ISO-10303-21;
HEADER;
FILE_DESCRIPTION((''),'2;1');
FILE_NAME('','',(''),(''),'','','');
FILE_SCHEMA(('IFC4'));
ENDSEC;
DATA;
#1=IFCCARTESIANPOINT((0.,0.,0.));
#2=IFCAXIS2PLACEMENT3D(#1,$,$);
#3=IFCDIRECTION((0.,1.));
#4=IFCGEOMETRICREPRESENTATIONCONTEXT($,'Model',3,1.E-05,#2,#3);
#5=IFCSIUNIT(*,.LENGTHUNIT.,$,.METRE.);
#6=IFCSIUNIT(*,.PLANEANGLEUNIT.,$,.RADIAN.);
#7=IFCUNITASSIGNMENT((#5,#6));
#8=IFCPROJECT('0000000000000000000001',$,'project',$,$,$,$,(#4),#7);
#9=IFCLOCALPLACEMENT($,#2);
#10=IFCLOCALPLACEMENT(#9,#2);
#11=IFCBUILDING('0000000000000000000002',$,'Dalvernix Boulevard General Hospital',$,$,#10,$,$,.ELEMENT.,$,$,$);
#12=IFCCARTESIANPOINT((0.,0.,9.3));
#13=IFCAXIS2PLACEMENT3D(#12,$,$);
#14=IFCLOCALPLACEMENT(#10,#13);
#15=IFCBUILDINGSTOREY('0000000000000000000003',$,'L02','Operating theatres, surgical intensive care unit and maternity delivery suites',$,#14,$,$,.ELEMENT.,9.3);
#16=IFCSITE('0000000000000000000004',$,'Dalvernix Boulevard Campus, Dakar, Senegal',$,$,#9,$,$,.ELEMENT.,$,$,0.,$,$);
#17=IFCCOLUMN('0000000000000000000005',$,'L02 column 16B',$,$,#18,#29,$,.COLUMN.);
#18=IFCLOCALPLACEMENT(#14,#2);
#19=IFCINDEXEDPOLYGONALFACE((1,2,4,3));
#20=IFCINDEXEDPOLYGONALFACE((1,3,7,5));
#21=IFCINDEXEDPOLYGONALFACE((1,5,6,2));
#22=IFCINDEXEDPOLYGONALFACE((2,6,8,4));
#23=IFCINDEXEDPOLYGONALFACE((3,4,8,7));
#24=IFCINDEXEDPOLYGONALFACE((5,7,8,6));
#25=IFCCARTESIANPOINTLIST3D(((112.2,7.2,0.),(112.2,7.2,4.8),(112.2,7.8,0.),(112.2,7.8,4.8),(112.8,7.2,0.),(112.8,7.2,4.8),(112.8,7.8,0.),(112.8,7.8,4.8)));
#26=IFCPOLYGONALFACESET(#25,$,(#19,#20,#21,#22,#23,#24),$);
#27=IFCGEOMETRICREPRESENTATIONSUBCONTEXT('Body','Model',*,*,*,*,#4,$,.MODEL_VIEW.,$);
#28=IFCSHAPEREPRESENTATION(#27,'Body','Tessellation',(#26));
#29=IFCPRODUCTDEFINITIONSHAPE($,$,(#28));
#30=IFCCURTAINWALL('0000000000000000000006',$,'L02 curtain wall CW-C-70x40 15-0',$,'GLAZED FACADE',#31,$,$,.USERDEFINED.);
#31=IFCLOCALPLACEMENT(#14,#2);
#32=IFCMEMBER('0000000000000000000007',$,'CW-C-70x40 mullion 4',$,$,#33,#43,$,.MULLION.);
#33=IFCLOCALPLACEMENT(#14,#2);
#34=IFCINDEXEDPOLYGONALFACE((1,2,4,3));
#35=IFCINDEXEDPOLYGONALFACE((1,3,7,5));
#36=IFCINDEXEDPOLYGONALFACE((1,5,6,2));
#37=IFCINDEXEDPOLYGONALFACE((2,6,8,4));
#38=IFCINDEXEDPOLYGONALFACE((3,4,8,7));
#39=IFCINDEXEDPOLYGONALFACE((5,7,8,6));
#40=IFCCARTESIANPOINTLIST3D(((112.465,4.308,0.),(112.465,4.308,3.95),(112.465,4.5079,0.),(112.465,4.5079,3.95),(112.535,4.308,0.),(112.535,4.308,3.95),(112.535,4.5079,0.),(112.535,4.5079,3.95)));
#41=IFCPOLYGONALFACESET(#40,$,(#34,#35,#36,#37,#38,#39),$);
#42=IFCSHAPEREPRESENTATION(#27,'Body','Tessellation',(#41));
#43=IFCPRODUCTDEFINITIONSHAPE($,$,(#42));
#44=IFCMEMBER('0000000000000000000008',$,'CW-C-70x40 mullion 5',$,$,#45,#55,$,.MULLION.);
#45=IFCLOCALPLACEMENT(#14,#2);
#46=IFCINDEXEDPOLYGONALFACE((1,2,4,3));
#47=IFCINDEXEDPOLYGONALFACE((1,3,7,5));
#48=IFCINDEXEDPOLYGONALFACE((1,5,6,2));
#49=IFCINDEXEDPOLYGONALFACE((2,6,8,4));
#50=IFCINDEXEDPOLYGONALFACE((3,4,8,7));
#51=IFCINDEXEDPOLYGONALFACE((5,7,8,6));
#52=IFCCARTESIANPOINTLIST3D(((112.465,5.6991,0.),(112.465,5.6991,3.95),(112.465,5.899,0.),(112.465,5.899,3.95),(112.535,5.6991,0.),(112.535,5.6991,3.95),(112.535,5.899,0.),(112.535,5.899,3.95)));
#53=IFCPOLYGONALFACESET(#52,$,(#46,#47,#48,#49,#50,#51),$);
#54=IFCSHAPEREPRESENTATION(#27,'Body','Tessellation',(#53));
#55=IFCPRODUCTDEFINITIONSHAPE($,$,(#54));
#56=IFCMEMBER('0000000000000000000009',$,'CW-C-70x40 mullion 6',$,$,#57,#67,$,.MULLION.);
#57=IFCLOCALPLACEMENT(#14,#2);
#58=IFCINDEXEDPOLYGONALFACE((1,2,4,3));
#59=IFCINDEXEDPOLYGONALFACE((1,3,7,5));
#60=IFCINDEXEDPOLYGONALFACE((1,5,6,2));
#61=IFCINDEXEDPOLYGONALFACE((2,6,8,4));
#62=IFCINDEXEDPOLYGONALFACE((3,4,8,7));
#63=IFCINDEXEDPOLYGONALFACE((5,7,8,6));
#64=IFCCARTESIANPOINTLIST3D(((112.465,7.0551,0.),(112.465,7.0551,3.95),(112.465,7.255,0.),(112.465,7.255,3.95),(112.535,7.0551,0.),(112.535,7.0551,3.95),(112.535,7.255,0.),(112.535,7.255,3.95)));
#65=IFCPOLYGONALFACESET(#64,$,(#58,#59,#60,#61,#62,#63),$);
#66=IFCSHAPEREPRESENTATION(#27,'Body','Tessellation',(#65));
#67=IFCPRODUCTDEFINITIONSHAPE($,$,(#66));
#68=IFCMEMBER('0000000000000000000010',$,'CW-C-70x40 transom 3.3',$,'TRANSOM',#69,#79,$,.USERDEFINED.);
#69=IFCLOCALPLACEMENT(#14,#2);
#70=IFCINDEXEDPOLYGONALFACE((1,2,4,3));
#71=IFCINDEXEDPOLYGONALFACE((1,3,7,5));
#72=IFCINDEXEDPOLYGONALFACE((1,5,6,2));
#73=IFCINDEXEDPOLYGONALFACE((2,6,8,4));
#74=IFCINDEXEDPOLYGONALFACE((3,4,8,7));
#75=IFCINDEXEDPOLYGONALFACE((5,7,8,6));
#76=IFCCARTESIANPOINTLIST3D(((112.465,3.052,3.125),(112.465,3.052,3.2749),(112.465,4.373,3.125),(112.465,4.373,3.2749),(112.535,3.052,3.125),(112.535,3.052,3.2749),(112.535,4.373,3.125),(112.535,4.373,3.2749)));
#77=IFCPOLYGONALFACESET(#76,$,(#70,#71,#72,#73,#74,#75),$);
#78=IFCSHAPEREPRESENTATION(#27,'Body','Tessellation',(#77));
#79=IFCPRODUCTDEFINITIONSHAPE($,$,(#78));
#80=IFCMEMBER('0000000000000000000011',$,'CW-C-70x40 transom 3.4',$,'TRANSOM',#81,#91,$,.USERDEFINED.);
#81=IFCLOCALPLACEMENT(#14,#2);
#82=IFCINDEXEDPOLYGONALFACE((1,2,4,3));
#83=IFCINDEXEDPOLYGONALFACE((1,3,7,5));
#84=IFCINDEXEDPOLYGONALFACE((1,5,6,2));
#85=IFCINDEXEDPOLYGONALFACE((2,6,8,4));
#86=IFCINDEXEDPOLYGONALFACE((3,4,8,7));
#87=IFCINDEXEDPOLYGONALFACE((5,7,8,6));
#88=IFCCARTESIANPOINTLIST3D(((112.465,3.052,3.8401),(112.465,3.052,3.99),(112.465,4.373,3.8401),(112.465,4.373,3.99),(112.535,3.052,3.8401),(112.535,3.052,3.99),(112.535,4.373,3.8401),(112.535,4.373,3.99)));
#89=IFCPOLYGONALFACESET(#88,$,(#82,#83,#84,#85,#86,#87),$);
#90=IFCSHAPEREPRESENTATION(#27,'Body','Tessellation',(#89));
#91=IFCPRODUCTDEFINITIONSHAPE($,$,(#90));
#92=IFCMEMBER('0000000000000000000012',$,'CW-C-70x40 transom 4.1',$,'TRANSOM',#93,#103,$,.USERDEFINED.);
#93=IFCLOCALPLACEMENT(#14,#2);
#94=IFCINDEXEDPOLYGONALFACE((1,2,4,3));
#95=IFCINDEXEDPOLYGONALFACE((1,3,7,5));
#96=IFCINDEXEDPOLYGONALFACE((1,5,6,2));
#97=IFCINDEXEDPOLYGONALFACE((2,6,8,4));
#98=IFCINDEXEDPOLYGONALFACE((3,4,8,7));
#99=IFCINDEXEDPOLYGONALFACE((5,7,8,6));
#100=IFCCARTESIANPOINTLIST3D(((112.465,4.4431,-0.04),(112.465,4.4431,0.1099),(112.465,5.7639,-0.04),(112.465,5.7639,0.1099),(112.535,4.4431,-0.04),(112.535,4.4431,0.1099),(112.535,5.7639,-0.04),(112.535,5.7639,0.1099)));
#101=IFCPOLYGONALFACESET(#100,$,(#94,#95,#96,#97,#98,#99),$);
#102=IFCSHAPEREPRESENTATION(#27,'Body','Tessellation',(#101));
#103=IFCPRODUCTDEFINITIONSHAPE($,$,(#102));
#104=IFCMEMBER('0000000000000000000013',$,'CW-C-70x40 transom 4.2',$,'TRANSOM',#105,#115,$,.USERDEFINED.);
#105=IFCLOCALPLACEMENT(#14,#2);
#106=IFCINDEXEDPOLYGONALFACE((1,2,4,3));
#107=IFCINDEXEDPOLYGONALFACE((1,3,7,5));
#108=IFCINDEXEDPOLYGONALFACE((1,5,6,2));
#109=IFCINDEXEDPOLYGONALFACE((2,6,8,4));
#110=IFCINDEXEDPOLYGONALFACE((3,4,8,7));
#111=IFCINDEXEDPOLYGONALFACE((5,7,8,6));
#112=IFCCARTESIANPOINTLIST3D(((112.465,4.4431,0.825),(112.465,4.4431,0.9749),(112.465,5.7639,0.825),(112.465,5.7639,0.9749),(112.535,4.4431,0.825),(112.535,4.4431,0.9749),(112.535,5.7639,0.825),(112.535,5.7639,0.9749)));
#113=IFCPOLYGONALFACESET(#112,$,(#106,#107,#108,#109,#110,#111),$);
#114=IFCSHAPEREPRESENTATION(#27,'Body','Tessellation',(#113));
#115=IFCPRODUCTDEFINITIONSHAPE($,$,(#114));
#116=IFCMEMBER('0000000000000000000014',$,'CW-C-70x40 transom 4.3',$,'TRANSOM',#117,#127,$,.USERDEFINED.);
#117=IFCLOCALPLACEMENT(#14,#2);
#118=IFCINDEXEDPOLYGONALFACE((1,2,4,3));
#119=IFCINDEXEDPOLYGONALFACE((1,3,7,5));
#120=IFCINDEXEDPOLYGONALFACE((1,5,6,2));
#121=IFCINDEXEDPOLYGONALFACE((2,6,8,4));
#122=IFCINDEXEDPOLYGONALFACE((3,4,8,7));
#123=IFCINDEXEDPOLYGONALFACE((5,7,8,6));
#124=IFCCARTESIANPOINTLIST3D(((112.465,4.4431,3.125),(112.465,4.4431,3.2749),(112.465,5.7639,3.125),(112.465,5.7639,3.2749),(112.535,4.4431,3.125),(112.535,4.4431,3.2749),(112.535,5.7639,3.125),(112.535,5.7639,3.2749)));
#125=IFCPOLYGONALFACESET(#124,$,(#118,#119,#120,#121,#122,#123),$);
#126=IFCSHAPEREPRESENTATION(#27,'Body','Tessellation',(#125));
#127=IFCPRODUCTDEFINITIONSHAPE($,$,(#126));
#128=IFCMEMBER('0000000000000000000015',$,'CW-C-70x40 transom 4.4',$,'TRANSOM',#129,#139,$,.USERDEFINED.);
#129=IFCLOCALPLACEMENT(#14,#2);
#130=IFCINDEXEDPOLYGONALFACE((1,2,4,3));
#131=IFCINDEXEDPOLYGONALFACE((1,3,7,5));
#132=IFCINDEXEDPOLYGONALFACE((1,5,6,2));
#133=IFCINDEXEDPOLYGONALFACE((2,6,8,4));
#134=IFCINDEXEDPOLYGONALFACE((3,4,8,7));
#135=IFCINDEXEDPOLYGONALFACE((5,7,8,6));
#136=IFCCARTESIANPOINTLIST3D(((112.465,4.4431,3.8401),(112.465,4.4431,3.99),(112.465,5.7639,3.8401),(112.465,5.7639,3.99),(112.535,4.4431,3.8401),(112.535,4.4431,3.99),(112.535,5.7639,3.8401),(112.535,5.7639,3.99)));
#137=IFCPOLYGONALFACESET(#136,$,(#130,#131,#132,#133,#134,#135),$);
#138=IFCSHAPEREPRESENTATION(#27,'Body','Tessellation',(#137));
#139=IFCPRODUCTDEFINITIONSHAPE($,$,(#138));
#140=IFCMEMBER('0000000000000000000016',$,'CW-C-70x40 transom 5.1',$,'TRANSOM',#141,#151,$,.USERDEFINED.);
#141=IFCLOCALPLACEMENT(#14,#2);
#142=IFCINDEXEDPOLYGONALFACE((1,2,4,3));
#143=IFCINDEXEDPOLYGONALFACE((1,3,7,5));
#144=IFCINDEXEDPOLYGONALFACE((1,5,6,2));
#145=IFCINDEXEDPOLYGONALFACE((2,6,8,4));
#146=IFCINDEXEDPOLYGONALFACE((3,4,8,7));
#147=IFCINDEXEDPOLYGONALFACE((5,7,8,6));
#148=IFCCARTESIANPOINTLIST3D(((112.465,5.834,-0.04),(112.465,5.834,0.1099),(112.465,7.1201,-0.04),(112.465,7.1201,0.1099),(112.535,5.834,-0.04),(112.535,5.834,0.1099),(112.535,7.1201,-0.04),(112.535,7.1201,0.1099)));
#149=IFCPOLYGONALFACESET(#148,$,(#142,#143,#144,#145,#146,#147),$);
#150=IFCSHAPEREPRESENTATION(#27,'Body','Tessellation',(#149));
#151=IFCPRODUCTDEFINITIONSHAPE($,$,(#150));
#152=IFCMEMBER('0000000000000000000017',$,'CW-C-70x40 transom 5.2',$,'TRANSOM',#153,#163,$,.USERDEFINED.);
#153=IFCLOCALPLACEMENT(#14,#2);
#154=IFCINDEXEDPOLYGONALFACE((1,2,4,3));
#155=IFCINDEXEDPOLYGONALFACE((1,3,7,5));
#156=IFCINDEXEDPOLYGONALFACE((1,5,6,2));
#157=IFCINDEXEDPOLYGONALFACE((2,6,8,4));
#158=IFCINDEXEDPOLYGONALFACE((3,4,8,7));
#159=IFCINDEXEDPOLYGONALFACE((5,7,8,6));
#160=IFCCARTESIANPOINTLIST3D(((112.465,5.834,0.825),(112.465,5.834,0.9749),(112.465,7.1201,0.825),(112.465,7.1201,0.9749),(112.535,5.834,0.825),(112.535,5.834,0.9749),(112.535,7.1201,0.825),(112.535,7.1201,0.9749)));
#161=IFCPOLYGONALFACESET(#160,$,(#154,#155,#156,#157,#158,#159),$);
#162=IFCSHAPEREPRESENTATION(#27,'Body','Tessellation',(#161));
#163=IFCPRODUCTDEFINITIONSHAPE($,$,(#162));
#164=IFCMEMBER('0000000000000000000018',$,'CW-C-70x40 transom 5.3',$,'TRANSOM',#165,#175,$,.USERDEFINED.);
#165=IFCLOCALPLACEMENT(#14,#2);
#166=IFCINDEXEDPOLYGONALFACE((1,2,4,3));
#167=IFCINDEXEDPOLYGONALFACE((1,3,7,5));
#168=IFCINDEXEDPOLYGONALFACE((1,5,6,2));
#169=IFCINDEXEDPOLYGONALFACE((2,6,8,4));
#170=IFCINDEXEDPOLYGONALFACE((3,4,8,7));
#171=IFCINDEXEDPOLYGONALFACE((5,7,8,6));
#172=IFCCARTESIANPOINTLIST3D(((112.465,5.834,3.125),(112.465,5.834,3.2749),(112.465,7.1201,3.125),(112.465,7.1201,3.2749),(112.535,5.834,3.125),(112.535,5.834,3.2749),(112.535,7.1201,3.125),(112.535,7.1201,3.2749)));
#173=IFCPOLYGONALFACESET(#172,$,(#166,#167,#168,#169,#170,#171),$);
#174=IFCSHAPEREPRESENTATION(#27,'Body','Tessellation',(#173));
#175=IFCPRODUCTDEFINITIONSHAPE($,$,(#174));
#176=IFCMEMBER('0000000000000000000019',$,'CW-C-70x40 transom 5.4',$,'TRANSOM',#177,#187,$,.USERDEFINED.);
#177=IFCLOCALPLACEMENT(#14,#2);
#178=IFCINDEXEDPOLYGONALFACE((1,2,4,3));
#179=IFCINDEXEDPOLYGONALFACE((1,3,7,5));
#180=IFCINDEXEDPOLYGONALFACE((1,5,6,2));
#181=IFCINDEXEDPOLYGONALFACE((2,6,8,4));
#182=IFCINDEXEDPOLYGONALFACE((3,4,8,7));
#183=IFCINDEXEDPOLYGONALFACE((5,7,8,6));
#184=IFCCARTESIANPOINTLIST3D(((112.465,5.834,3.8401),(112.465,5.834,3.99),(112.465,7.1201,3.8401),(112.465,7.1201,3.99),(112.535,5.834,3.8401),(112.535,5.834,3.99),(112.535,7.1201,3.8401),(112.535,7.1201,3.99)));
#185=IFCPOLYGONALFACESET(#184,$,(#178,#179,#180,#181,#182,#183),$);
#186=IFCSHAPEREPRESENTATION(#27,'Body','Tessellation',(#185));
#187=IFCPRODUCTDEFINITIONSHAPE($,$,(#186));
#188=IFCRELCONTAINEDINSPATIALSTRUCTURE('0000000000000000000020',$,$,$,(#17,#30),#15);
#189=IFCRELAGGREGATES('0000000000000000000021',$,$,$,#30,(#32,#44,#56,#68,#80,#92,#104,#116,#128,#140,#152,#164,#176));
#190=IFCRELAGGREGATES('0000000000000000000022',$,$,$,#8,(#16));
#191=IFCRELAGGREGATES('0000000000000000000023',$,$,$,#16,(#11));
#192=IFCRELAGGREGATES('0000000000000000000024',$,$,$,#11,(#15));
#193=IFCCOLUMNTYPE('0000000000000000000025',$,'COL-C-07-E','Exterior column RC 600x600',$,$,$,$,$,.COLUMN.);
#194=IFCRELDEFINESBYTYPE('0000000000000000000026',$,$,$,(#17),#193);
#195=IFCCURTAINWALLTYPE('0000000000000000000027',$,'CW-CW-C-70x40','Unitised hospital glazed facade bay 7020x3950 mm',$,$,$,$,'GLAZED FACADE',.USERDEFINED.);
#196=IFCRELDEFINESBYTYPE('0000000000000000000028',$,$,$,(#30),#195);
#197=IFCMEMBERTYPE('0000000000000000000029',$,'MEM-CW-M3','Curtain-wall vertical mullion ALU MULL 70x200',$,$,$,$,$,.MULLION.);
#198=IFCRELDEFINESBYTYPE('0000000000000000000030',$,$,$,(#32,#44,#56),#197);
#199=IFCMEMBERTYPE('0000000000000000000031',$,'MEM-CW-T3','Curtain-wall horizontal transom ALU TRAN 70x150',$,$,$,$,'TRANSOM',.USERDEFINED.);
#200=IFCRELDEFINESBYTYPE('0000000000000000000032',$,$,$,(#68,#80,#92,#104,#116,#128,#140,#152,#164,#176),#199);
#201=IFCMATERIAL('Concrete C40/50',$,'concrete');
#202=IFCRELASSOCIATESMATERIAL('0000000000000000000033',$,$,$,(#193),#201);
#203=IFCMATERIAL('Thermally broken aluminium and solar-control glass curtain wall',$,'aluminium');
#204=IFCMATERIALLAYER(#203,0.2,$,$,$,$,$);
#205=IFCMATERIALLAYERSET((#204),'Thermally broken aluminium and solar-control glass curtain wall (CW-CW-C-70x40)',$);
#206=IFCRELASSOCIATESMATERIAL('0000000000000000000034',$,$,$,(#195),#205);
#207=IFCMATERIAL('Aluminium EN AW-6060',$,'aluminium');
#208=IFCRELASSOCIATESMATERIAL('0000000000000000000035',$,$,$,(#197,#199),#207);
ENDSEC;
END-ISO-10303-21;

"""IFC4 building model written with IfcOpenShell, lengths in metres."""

from ifc_helpers import new_model, si_unit, direction, frame, origin, origin_2d, place, context, subcontext, project, spatial, rectangle, extrude, material, layer, layer_set, material_profile, profile_set, type_object, element, aggregate, save


model = new_model("IFC4")

# Units and contexts
model_context = context("Model", 3, precision=1e-05, world=origin(), true_north=direction((0.0, 1.0)))
body_context = subcontext(model_context, "Body", "Model", "MODEL_VIEW")
ifc_project = project(units=[si_unit("LENGTHUNIT", "METRE"), si_unit("PLANEANGLEUNIT", "RADIAN")], contexts=[model_context])

# Site, building, storey
site_placement = place(None, origin())
site = spatial("IfcSite", under=ifc_project, at=site_placement, Name="Dalvernix Boulevard Campus, Dakar, Senegal", CompositionType="ELEMENT", RefElevation=0.0)
building_placement = place(site_placement, origin())
building = spatial("IfcBuilding", under=site, at=building_placement, Name="Dalvernix Boulevard General Hospital", CompositionType="ELEMENT")
storey_placement = place(building_placement, frame((0.0, 0.0, 9.3)))
storey = spatial("IfcBuildingStorey", under=building, at=storey_placement, Name="L02", Description="Operating theatres, surgical intensive care unit and maternity delivery suites", CompositionType="ELEMENT", Elevation=9.3)

# Column
ifc_material_1 = material(Name="Concrete C40/50", Category="concrete")
ifc_material_profile_1 = material_profile(ifc_material_1, rectangle(XDim=0.6001, YDim=0.6001, at=origin_2d()), Name="RC 600x600")
ifc_profile_set_1 = profile_set([ifc_material_profile_1], Name="Concrete C40/50")
column_type = type_object("IfcColumnType", Name="COL-C-07-E", Description="Exterior column RC 600x600", PredefinedType="COLUMN", material=ifc_profile_set_1)
column_placement = place(storey_placement, frame((112.5, 7.5, 0.0), z_axis=(0.0, 0.0, 1.0), x_axis=(1.0, 0.0, 0.0)))
element("IfcColumn", 1, at=column_placement, inside=storey, type_object=column_type, Name="L02 column 16B", PredefinedType="COLUMN", context=body_context, shape_type="SweptSolid", body=[
    extrude(rectangle(XDim=0.6001, YDim=0.6001, at=origin_2d()), origin(), (0.0, 0.0, 1.0), 4.8),
])

# Curtain wall, members
ifc_material_2 = material(Name="Thermally broken aluminium and solar-control glass curtain wall", Category="aluminium")
ifc_layer_1 = layer(ifc_material_2, 0.2)
ifc_layer_set_1 = layer_set([ifc_layer_1], Name="Thermally broken aluminium and solar-control glass curtain wall (CW-CW-C-70x40)")
curtain_wall_type = type_object("IfcCurtainWallType", Name="CW-CW-C-70x40", Description="Unitised hospital glazed facade bay 7020x3950 mm", ElementType="GLAZED FACADE", PredefinedType="USERDEFINED", material=ifc_layer_set_1)
curtain_wall_placement = place(storey_placement, origin())
curtain_wall = element("IfcCurtainWall", 2, at=curtain_wall_placement, inside=storey, type_object=curtain_wall_type, Name="L02 curtain wall CW-C-70x40 15-0", ObjectType="GLAZED FACADE", PredefinedType="USERDEFINED")
ifc_material_3 = material(Name="Aluminium EN AW-6060", Category="aluminium")
ifc_material_profile_2 = material_profile(ifc_material_3, rectangle(XDim=0.0701, YDim=0.2, at=origin_2d()), Name="ALU MULL 70x200")
ifc_profile_set_2 = profile_set([ifc_material_profile_2], Name="Aluminium EN AW-6060")
member_type_1 = type_object("IfcMemberType", Name="MEM-CW-M3", Description="Curtain-wall vertical mullion ALU MULL 70x200", PredefinedType="MULLION", material=ifc_profile_set_2)
member_1_placement = place(storey_placement, frame((112.5, 4.408, 0.0), z_axis=(0.0, 0.0, 1.0), x_axis=(-1.0, 0.0, 0.0)))
member_1 = element("IfcMember", 3, at=member_1_placement, type_object=member_type_1, Name="CW-C-70x40 mullion 4", PredefinedType="MULLION", context=body_context, shape_type="SweptSolid", body=[
    extrude(rectangle(XDim=0.0701, YDim=0.2, at=origin_2d()), origin(), (0.0, 0.0, 1.0), 3.95),
])
member_2_placement = place(storey_placement, frame((112.5, 5.7991, 0.0), z_axis=(0.0, 0.0, 1.0), x_axis=(-1.0, 0.0, 0.0)))
member_2 = element("IfcMember", 4, at=member_2_placement, type_object=member_type_1, Name="CW-C-70x40 mullion 5", PredefinedType="MULLION", context=body_context, shape_type="SweptSolid", body=[
    extrude(rectangle(XDim=0.0701, YDim=0.2, at=origin_2d()), origin(), (0.0, 0.0, 1.0), 3.95),
])
member_3_placement = place(storey_placement, frame((112.5, 7.155, 0.0), z_axis=(0.0, 0.0, 1.0), x_axis=(-1.0, 0.0, 0.0)))
member_3 = element("IfcMember", 5, at=member_3_placement, type_object=member_type_1, Name="CW-C-70x40 mullion 6", PredefinedType="MULLION", context=body_context, shape_type="SweptSolid", body=[
    extrude(rectangle(XDim=0.0701, YDim=0.2, at=origin_2d()), origin(), (0.0, 0.0, 1.0), 3.95),
])
ifc_material_profile_3 = material_profile(ifc_material_3, rectangle(XDim=0.0701, YDim=0.1499, at=origin_2d()), Name="ALU TRAN 70x150")
ifc_profile_set_3 = profile_set([ifc_material_profile_3], Name="Aluminium EN AW-6060")
member_type_2 = type_object("IfcMemberType", Name="MEM-CW-T3", Description="Curtain-wall horizontal transom ALU TRAN 70x150", ElementType="TRANSOM", PredefinedType="USERDEFINED", material=ifc_profile_set_3)
member_4_placement = place(storey_placement, frame((112.5, 3.052, 3.2), z_axis=(0.0, 1.0, 0.0), x_axis=(-1.0, 0.0, 0.0)))
member_4 = element("IfcMember", 6, at=member_4_placement, type_object=member_type_2, Name="CW-C-70x40 transom 3.3", ObjectType="TRANSOM", PredefinedType="USERDEFINED", context=body_context, shape_type="SweptSolid", body=[
    extrude(rectangle(XDim=0.0701, YDim=0.1499, at=origin_2d()), origin(), (0.0, 0.0, 1.0), 1.321),
])
member_5_placement = place(storey_placement, frame((112.5, 3.052, 3.915), z_axis=(0.0, 1.0, 0.0), x_axis=(-1.0, 0.0, 0.0)))
member_5 = element("IfcMember", 7, at=member_5_placement, type_object=member_type_2, Name="CW-C-70x40 transom 3.4", ObjectType="TRANSOM", PredefinedType="USERDEFINED", context=body_context, shape_type="SweptSolid", body=[
    extrude(rectangle(XDim=0.0701, YDim=0.1499, at=origin_2d()), origin(), (0.0, 0.0, 1.0), 1.321),
])
member_6_placement = place(storey_placement, frame((112.5, 4.4431, 0.0349), z_axis=(0.0, 1.0, 0.0), x_axis=(-1.0, 0.0, 0.0)))
member_6 = element("IfcMember", 8, at=member_6_placement, type_object=member_type_2, Name="CW-C-70x40 transom 4.1", ObjectType="TRANSOM", PredefinedType="USERDEFINED", context=body_context, shape_type="SweptSolid", body=[
    extrude(rectangle(XDim=0.0701, YDim=0.1499, at=origin_2d()), origin(), (0.0, 0.0, 1.0), 1.3208),
])
member_7_placement = place(storey_placement, frame((112.5, 4.4431, 0.8999), z_axis=(0.0, 1.0, 0.0), x_axis=(-1.0, 0.0, 0.0)))
member_7 = element("IfcMember", 9, at=member_7_placement, type_object=member_type_2, Name="CW-C-70x40 transom 4.2", ObjectType="TRANSOM", PredefinedType="USERDEFINED", context=body_context, shape_type="SweptSolid", body=[
    extrude(rectangle(XDim=0.0701, YDim=0.1499, at=origin_2d()), origin(), (0.0, 0.0, 1.0), 1.3208),
])
member_8_placement = place(storey_placement, frame((112.5, 4.4431, 3.2), z_axis=(0.0, 1.0, 0.0), x_axis=(-1.0, 0.0, 0.0)))
member_8 = element("IfcMember", 10, at=member_8_placement, type_object=member_type_2, Name="CW-C-70x40 transom 4.3", ObjectType="TRANSOM", PredefinedType="USERDEFINED", context=body_context, shape_type="SweptSolid", body=[
    extrude(rectangle(XDim=0.0701, YDim=0.1499, at=origin_2d()), origin(), (0.0, 0.0, 1.0), 1.3208),
])
member_9_placement = place(storey_placement, frame((112.5, 4.4431, 3.915), z_axis=(0.0, 1.0, 0.0), x_axis=(-1.0, 0.0, 0.0)))
member_9 = element("IfcMember", 11, at=member_9_placement, type_object=member_type_2, Name="CW-C-70x40 transom 4.4", ObjectType="TRANSOM", PredefinedType="USERDEFINED", context=body_context, shape_type="SweptSolid", body=[
    extrude(rectangle(XDim=0.0701, YDim=0.1499, at=origin_2d()), origin(), (0.0, 0.0, 1.0), 1.3208),
])
member_10_placement = place(storey_placement, frame((112.5, 5.834, 0.0349), z_axis=(0.0, 1.0, 0.0), x_axis=(-1.0, 0.0, 0.0)))
member_10 = element("IfcMember", 12, at=member_10_placement, type_object=member_type_2, Name="CW-C-70x40 transom 5.1", ObjectType="TRANSOM", PredefinedType="USERDEFINED", context=body_context, shape_type="SweptSolid", body=[
    extrude(rectangle(XDim=0.0701, YDim=0.1499, at=origin_2d()), origin(), (0.0, 0.0, 1.0), 1.2861),
])
member_11_placement = place(storey_placement, frame((112.5, 5.834, 0.8999), z_axis=(0.0, 1.0, 0.0), x_axis=(-1.0, 0.0, 0.0)))
member_11 = element("IfcMember", 13, at=member_11_placement, type_object=member_type_2, Name="CW-C-70x40 transom 5.2", ObjectType="TRANSOM", PredefinedType="USERDEFINED", context=body_context, shape_type="SweptSolid", body=[
    extrude(rectangle(XDim=0.0701, YDim=0.1499, at=origin_2d()), origin(), (0.0, 0.0, 1.0), 1.2861),
])
member_12_placement = place(storey_placement, frame((112.5, 5.834, 3.2), z_axis=(0.0, 1.0, 0.0), x_axis=(-1.0, 0.0, 0.0)))
member_12 = element("IfcMember", 14, at=member_12_placement, type_object=member_type_2, Name="CW-C-70x40 transom 5.3", ObjectType="TRANSOM", PredefinedType="USERDEFINED", context=body_context, shape_type="SweptSolid", body=[
    extrude(rectangle(XDim=0.0701, YDim=0.1499, at=origin_2d()), origin(), (0.0, 0.0, 1.0), 1.2861),
])
member_13_placement = place(storey_placement, frame((112.5, 5.834, 3.915), z_axis=(0.0, 1.0, 0.0), x_axis=(-1.0, 0.0, 0.0)))
member_13 = element("IfcMember", 15, at=member_13_placement, type_object=member_type_2, Name="CW-C-70x40 transom 5.4", ObjectType="TRANSOM", PredefinedType="USERDEFINED", context=body_context, shape_type="SweptSolid", body=[
    extrude(rectangle(XDim=0.0701, YDim=0.1499, at=origin_2d()), origin(), (0.0, 0.0, 1.0), 1.2861),
])
aggregate(curtain_wall, [member_1, member_2, member_3, member_4, member_5, member_6, member_7, member_8, member_9, member_10, member_11, member_12, member_13])

save(model, "model.ifc")
